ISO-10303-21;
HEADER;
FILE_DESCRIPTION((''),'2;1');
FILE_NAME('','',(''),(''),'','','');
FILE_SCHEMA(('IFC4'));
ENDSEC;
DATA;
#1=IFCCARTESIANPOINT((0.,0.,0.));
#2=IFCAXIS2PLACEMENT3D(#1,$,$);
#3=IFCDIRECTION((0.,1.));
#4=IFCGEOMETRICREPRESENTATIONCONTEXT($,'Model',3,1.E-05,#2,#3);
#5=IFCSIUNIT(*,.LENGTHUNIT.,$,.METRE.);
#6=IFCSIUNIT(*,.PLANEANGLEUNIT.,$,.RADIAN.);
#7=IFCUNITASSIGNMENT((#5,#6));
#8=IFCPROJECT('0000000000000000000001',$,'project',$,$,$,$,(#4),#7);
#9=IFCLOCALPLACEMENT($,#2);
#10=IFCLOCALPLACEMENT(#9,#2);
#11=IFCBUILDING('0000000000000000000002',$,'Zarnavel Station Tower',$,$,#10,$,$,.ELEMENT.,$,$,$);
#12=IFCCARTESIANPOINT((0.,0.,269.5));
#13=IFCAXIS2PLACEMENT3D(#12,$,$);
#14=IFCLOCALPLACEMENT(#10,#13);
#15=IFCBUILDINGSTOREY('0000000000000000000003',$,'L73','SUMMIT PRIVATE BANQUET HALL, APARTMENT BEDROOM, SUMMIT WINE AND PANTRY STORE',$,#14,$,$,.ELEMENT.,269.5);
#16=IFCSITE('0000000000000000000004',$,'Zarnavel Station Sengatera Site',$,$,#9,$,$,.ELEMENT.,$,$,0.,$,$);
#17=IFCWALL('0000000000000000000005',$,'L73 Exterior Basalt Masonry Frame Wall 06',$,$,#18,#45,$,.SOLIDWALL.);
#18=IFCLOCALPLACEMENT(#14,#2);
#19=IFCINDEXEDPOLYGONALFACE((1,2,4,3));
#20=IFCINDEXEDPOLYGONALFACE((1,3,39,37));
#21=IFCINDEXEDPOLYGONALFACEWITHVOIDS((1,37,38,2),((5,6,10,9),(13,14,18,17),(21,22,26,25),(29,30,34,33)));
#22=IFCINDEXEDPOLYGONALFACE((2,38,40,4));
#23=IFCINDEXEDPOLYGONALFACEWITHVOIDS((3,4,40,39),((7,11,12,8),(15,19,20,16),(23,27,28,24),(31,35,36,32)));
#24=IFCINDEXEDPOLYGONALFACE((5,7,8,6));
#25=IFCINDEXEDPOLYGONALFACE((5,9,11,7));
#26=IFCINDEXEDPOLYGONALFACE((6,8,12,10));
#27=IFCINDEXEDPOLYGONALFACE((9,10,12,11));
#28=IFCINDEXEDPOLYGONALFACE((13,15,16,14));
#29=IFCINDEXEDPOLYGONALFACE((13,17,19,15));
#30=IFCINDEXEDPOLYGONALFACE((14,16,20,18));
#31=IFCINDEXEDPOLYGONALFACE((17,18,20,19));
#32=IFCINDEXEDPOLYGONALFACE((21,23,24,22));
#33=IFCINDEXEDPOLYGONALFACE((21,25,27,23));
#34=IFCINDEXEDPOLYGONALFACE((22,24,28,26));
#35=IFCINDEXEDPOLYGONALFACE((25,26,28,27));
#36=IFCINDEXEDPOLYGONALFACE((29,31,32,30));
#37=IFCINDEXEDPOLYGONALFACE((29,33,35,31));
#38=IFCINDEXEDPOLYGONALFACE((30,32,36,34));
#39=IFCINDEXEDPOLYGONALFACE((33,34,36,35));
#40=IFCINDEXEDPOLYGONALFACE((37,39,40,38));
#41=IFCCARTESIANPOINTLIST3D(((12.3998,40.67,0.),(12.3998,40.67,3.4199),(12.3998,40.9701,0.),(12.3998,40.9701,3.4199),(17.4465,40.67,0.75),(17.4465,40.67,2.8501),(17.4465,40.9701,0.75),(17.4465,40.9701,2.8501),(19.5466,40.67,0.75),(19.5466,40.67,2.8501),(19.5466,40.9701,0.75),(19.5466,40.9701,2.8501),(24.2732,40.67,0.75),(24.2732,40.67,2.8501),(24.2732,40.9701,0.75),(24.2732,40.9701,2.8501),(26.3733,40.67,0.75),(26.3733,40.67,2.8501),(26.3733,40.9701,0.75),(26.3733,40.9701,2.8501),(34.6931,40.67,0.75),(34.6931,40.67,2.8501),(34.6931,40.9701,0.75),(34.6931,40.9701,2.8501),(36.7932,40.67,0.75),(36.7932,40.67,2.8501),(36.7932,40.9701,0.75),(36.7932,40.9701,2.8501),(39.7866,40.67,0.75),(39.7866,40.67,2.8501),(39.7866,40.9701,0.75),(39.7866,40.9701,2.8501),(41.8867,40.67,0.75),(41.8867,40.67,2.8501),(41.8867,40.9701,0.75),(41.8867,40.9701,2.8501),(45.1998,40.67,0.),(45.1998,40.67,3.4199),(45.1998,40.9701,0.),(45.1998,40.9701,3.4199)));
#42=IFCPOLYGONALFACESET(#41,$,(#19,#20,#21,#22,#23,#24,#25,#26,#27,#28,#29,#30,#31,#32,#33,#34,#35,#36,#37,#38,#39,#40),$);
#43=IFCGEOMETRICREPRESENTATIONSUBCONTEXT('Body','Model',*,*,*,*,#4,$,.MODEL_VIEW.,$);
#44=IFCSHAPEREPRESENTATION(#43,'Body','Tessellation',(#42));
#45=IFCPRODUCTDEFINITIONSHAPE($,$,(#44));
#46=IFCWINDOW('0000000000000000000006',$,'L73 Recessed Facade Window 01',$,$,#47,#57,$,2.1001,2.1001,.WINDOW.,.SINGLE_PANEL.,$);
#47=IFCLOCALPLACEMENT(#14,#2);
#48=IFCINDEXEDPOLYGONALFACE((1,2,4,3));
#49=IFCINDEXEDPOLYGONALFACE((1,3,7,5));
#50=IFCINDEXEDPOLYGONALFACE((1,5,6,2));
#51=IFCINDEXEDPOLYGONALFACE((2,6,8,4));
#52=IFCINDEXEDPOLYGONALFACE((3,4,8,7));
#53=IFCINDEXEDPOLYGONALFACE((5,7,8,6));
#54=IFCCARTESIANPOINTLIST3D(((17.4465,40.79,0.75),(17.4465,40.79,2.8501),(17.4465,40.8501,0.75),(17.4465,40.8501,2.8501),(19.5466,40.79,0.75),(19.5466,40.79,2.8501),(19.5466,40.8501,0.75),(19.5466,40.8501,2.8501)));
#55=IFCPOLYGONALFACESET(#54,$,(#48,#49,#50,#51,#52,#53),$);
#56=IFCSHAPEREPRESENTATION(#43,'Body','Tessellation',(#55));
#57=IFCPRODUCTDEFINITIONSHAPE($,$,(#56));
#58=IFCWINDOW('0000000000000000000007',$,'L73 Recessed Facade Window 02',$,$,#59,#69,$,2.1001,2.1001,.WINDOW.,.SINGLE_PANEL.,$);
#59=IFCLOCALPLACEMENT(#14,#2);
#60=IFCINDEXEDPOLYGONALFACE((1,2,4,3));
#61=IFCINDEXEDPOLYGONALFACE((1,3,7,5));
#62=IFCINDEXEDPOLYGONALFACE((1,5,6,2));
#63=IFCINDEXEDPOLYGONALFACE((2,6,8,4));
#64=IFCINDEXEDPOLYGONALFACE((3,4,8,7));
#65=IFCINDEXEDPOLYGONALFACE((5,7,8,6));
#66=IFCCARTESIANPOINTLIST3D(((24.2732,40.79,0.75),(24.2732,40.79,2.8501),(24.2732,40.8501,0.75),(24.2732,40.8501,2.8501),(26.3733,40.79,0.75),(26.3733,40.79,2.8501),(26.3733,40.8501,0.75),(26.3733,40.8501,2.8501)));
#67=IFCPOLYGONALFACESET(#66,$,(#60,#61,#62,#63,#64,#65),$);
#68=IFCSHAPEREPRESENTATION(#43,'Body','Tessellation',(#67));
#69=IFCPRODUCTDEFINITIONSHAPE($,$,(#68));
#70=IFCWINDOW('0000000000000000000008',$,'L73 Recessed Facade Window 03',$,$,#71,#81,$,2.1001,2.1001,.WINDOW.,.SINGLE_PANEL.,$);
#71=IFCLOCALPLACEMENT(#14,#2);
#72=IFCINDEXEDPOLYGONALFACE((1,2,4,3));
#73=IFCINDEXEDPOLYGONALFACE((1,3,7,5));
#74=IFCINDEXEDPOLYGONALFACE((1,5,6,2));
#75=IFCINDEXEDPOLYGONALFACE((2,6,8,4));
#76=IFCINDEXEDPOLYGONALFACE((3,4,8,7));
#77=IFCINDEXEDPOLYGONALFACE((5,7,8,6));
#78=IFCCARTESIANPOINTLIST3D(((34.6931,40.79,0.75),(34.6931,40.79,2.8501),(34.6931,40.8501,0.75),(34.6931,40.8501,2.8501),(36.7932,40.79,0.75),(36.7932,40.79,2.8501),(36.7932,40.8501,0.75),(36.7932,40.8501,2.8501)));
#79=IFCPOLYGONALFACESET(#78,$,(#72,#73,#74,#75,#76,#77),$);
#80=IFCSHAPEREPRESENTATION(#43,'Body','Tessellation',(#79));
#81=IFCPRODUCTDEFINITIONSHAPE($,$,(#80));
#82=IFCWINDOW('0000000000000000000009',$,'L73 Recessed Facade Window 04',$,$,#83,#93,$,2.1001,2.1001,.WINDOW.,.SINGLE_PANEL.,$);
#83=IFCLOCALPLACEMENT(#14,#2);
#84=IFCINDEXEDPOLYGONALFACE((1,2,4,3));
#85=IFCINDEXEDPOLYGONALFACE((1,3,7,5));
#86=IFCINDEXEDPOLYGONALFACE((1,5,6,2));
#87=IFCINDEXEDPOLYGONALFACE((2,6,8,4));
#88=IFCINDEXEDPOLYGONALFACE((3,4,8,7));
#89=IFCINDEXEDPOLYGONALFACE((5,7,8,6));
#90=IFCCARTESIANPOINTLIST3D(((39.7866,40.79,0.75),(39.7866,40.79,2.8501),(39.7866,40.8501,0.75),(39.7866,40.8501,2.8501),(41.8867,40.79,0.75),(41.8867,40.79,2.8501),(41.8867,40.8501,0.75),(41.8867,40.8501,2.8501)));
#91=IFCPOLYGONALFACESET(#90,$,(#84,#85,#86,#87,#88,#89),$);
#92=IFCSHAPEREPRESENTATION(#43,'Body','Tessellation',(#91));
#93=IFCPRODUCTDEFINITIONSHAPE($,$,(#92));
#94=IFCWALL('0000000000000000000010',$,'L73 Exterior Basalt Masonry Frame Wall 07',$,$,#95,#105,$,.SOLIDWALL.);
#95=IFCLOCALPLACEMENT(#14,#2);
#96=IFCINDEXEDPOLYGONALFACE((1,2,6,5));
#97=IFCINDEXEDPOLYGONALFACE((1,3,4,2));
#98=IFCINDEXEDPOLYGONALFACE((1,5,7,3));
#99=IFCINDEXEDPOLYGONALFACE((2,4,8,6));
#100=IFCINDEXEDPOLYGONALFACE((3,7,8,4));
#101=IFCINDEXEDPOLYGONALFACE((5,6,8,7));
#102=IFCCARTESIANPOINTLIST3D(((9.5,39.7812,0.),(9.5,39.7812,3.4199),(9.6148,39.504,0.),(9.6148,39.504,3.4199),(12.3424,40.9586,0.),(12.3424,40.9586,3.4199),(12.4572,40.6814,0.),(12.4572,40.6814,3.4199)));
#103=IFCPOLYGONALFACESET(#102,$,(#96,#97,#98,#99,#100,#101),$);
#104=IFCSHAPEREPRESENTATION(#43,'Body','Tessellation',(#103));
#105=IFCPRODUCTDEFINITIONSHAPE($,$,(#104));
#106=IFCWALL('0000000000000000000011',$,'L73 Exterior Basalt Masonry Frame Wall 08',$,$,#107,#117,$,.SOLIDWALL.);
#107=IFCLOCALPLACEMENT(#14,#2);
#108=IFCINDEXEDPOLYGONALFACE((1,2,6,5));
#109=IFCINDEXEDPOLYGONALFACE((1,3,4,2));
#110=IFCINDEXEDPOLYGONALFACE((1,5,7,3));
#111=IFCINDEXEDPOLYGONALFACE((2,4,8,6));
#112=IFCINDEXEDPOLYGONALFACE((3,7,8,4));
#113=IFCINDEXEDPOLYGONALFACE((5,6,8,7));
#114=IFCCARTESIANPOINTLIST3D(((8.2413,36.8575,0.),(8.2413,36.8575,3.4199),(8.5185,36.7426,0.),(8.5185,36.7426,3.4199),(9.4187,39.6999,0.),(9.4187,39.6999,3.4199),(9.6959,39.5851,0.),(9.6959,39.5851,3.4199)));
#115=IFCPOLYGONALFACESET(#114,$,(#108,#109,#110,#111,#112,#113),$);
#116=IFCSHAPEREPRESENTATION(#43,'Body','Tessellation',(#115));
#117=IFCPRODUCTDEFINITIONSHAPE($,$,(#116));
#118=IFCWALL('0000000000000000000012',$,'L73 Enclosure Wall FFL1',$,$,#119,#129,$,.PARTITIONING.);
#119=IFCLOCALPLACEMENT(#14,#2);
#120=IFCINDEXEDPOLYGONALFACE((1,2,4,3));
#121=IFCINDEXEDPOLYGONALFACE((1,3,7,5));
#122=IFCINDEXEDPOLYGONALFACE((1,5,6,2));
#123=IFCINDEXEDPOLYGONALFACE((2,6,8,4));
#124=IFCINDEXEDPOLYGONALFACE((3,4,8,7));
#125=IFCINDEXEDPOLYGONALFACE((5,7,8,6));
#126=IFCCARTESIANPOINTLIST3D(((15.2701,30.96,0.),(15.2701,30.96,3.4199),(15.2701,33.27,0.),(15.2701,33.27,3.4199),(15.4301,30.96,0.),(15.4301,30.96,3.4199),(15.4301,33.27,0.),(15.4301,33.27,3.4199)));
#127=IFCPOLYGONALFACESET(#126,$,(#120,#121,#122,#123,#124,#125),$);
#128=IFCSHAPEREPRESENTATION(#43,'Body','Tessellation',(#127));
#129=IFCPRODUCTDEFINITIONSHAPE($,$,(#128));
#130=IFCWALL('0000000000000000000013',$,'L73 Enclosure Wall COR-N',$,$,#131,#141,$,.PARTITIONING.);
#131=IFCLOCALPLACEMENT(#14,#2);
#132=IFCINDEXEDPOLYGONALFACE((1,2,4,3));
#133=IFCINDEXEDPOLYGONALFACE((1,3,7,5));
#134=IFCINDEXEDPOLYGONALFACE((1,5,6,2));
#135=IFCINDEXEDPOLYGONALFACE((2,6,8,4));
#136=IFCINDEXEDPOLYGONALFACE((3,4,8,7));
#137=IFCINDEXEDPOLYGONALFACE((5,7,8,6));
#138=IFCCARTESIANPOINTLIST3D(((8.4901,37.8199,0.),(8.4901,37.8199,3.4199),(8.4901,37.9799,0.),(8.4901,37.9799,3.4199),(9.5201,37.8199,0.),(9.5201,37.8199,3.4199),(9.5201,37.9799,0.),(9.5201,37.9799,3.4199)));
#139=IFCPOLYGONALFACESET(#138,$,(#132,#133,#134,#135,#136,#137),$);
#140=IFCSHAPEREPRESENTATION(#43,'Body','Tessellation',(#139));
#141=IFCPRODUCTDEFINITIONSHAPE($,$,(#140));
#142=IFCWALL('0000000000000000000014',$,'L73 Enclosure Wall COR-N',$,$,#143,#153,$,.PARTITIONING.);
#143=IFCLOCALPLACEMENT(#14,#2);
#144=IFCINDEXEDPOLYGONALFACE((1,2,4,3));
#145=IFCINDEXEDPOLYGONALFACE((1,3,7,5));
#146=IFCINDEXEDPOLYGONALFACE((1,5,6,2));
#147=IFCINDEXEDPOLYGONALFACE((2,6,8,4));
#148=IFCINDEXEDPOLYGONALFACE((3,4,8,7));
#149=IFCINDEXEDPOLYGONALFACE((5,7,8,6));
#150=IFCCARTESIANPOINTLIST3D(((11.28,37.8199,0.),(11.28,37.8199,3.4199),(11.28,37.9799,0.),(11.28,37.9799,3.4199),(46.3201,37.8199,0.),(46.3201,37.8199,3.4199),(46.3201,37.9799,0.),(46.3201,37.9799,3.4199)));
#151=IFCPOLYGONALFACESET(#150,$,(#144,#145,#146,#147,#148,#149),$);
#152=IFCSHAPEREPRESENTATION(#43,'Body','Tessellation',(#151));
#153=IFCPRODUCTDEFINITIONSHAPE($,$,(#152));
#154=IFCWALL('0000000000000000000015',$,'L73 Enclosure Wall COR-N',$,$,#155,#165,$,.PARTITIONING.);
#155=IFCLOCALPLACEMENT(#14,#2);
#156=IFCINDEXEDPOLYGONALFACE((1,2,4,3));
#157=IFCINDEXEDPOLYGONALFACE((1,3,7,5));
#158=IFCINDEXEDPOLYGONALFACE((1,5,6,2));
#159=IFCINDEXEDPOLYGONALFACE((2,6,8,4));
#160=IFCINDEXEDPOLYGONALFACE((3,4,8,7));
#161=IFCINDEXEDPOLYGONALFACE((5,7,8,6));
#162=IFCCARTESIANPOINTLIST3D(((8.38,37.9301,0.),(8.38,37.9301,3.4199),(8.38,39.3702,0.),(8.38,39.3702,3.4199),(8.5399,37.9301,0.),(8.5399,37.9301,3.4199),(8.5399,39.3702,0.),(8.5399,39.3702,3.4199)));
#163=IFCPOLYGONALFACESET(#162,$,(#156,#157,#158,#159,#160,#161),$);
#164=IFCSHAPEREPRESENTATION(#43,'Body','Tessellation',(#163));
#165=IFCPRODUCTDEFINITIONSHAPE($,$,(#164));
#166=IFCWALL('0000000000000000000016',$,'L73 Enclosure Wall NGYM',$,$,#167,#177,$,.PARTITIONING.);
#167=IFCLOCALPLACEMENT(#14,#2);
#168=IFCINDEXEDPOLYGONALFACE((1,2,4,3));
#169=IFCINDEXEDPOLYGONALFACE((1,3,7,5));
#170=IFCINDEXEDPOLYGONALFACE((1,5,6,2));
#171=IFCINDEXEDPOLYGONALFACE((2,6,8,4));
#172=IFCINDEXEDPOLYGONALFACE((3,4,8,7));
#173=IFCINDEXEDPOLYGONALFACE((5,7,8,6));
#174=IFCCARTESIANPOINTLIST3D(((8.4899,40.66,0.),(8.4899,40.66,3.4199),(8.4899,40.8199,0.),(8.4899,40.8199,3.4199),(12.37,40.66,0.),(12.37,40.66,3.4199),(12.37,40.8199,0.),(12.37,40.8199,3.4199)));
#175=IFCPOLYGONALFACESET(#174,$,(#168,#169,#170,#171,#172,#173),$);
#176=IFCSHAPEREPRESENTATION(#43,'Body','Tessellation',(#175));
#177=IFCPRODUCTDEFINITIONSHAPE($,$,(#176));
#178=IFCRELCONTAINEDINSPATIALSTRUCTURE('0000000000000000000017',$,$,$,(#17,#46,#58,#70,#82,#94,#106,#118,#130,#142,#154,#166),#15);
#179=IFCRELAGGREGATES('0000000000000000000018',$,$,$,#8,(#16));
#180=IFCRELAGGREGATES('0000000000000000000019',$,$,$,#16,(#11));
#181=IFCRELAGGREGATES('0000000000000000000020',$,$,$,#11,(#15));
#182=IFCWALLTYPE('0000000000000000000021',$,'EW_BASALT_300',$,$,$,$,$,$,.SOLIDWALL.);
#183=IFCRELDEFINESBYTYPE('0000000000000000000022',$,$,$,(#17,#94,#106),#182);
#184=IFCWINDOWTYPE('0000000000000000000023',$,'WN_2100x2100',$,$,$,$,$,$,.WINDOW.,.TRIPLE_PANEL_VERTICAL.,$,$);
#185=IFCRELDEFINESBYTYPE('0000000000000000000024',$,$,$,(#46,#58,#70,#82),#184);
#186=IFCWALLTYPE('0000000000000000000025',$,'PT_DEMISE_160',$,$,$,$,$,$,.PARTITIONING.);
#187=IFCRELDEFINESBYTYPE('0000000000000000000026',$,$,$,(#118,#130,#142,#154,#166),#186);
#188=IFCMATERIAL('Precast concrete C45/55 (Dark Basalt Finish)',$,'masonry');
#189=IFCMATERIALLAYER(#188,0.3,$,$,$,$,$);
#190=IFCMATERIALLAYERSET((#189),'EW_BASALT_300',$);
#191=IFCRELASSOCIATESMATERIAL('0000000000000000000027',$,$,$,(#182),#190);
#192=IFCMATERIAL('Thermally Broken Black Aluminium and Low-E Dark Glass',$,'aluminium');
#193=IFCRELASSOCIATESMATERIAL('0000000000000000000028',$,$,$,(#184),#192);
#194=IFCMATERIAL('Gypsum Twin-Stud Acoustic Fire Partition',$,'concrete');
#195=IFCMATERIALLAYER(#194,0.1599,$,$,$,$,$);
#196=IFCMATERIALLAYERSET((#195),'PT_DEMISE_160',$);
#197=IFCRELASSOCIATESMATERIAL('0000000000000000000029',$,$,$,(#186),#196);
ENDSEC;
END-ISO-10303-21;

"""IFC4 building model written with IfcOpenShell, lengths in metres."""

from ifc_helpers import new_model, si_unit, direction, frame, frame_2d, origin, place, context, subcontext, project, spatial, rectangle, extrude, material, layer, layer_set, type_object, element, fill, save


model = new_model("IFC4")

# Units and contexts
model_context = context("Model", 3, precision=1e-05, world=origin(), true_north=direction((0.0, 1.0)))
body_context = subcontext(model_context, "Body", "Model", "MODEL_VIEW")
ifc_project = project(units=[si_unit("LENGTHUNIT", "METRE"), si_unit("PLANEANGLEUNIT", "RADIAN")], contexts=[model_context])

# Site, building, storey
site_placement = place(None, origin())
site = spatial("IfcSite", under=ifc_project, at=site_placement, Name="Zarnavel Station Sengatera Site", CompositionType="ELEMENT", RefElevation=0.0)
building_placement = place(site_placement, origin())
building = spatial("IfcBuilding", under=site, at=building_placement, Name="Zarnavel Station Tower", CompositionType="ELEMENT")
storey_placement = place(building_placement, frame((0.0, 0.0, 269.5)))
storey = spatial("IfcBuildingStorey", under=building, at=storey_placement, Name="L73", Description="SUMMIT PRIVATE BANQUET HALL, APARTMENT BEDROOM, SUMMIT WINE AND PANTRY STORE", CompositionType="ELEMENT", Elevation=269.5)

# Wall, openings, windows
ifc_material_1 = material(Name="Precast concrete C45/55 (Dark Basalt Finish)", Category="masonry")
ifc_layer_1 = layer(ifc_material_1, 0.3)
ifc_layer_set_1 = layer_set([ifc_layer_1], Name="EW_BASALT_300")
wall_type_1 = type_object("IfcWallType", Name="EW_BASALT_300", PredefinedType="SOLIDWALL", material=ifc_layer_set_1)
wall_1_placement = place(storey_placement, frame((12.3999, 40.8201, 0.0), z_axis=(0.0, 0.0, 1.0), x_axis=(1.0, 0.0, 0.0)))
wall_1 = element("IfcWall", 1, at=wall_1_placement, inside=storey, type_object=wall_type_1, Name="L73 Exterior Basalt Masonry Frame Wall 06", PredefinedType="SOLIDWALL", context=body_context, shape_type="SweptSolid", body=[
    extrude(rectangle(XDim=32.8, YDim=0.3, at=frame_2d((16.3999, 0.0))), origin(), (0.0, 0.0, 1.0), 3.4199),
])
opening_1_placement = place(wall_1_placement, frame((5.0466, 0.0, 0.75)))
opening_1 = element("IfcOpeningElement", 2, at=opening_1_placement, cuts=wall_1, PredefinedType="OPENING", context=body_context, shape_type="SweptSolid", body=[
    extrude(rectangle(XDim=2.1001, YDim=2.1001, at=frame_2d((1.05, 1.05))), frame((0.0, 0.1599, 0.0), z_axis=(0.0, -1.0, 0.0), x_axis=(1.0, 0.0, 0.0)), (0.0, 0.0, 1.0), 0.3201),
])
opening_2_placement = place(wall_1_placement, frame((11.8733, 0.0, 0.75)))
opening_2 = element("IfcOpeningElement", 3, at=opening_2_placement, cuts=wall_1, PredefinedType="OPENING", context=body_context, shape_type="SweptSolid", body=[
    extrude(rectangle(XDim=2.1001, YDim=2.1001, at=frame_2d((1.05, 1.05))), frame((0.0, 0.1599, 0.0), z_axis=(0.0, -1.0, 0.0), x_axis=(1.0, 0.0, 0.0)), (0.0, 0.0, 1.0), 0.3201),
])
opening_3_placement = place(wall_1_placement, frame((22.2932, 0.0, 0.75)))
opening_3 = element("IfcOpeningElement", 4, at=opening_3_placement, cuts=wall_1, PredefinedType="OPENING", context=body_context, shape_type="SweptSolid", body=[
    extrude(rectangle(XDim=2.1001, YDim=2.1001, at=frame_2d((1.05, 1.05))), frame((0.0, 0.1599, 0.0), z_axis=(0.0, -1.0, 0.0), x_axis=(1.0, 0.0, 0.0)), (0.0, 0.0, 1.0), 0.3201),
])
opening_4_placement = place(wall_1_placement, frame((27.3867, 0.0, 0.75)))
opening_4 = element("IfcOpeningElement", 5, at=opening_4_placement, cuts=wall_1, PredefinedType="OPENING", context=body_context, shape_type="SweptSolid", body=[
    extrude(rectangle(XDim=2.1001, YDim=2.1001, at=frame_2d((1.05, 1.05))), frame((0.0, 0.1599, 0.0), z_axis=(0.0, -1.0, 0.0), x_axis=(1.0, 0.0, 0.0)), (0.0, 0.0, 1.0), 0.3201),
])
ifc_material_2 = material(Name="Thermally Broken Black Aluminium and Low-E Dark Glass", Category="aluminium")
window_type = type_object("IfcWindowType", Name="WN_2100x2100", PartitioningType="TRIPLE_PANEL_VERTICAL", PredefinedType="WINDOW", material=ifc_material_2)
window_1_placement = place(opening_1_placement, origin())
window_1 = element("IfcWindow", 6, at=window_1_placement, inside=storey, type_object=window_type, Name="L73 Recessed Facade Window 01", OverallHeight=2.1001, OverallWidth=2.1001, PartitioningType="SINGLE_PANEL", PredefinedType="WINDOW", context=body_context, shape_type="SweptSolid", body=[
    extrude(rectangle(XDim=2.1001, YDim=2.1001, at=frame_2d((1.05, 1.05))), frame((0.0, 0.03, 0.0), z_axis=(0.0, -1.0, 0.0), x_axis=(1.0, 0.0, 0.0)), (0.0, 0.0, 1.0), 0.0601),
])
fill(opening_1, window_1)
window_2_placement = place(opening_2_placement, origin())
window_2 = element("IfcWindow", 7, at=window_2_placement, inside=storey, type_object=window_type, Name="L73 Recessed Facade Window 02", OverallHeight=2.1001, OverallWidth=2.1001, PartitioningType="SINGLE_PANEL", PredefinedType="WINDOW", context=body_context, shape_type="SweptSolid", body=[
    extrude(rectangle(XDim=2.1001, YDim=2.1001, at=frame_2d((1.05, 1.05))), frame((0.0, 0.03, 0.0), z_axis=(0.0, -1.0, 0.0), x_axis=(1.0, 0.0, 0.0)), (0.0, 0.0, 1.0), 0.0601),
])
fill(opening_2, window_2)
window_3_placement = place(opening_3_placement, origin())
window_3 = element("IfcWindow", 8, at=window_3_placement, inside=storey, type_object=window_type, Name="L73 Recessed Facade Window 03", OverallHeight=2.1001, OverallWidth=2.1001, PartitioningType="SINGLE_PANEL", PredefinedType="WINDOW", context=body_context, shape_type="SweptSolid", body=[
    extrude(rectangle(XDim=2.1001, YDim=2.1001, at=frame_2d((1.05, 1.05))), frame((0.0, 0.03, 0.0), z_axis=(0.0, -1.0, 0.0), x_axis=(1.0, 0.0, 0.0)), (0.0, 0.0, 1.0), 0.0601),
])
fill(opening_3, window_3)
window_4_placement = place(opening_4_placement, origin())
window_4 = element("IfcWindow", 9, at=window_4_placement, inside=storey, type_object=window_type, Name="L73 Recessed Facade Window 04", OverallHeight=2.1001, OverallWidth=2.1001, PartitioningType="SINGLE_PANEL", PredefinedType="WINDOW", context=body_context, shape_type="SweptSolid", body=[
    extrude(rectangle(XDim=2.1001, YDim=2.1001, at=frame_2d((1.05, 1.05))), frame((0.0, 0.03, 0.0), z_axis=(0.0, -1.0, 0.0), x_axis=(1.0, 0.0, 0.0)), (0.0, 0.0, 1.0), 0.0601),
])
fill(opening_4, window_4)

# Walls
for number, where, z_axis, x_axis, name in (
    (10, (9.5574, 39.6426, 0.0), (0.0, 0.0, 1.0), (0.923871, 0.382705, 0.0), "L73 Exterior Basalt Masonry Frame Wall 07"),
    (11, (8.3799, 36.8, 0.0), (0.0, 0.0, 1.0), (0.382705, 0.923871, 0.0), "L73 Exterior Basalt Masonry Frame Wall 08"),
):
    element("IfcWall", number, at=place(storey_placement, frame(where, z_axis=z_axis, x_axis=x_axis)), inside=storey, type_object=wall_type_1, Name=name, PredefinedType="SOLIDWALL", context=body_context, shape_type="SweptSolid", body=[
        extrude(rectangle(XDim=3.0767, YDim=0.3, at=frame_2d((1.5383, 0.0))), origin(), (0.0, 0.0, 1.0), 3.4199),
    ])
ifc_material_3 = material(Name="Gypsum Twin-Stud Acoustic Fire Partition", Category="concrete")
ifc_layer_2 = layer(ifc_material_3, 0.1599)
ifc_layer_set_2 = layer_set([ifc_layer_2], Name="PT_DEMISE_160")
wall_type_2 = type_object("IfcWallType", Name="PT_DEMISE_160", PredefinedType="PARTITIONING", material=ifc_layer_set_2)
wall_2_placement = place(storey_placement, frame((15.3501, 30.96, 0.0), z_axis=(0.0, 0.0, 1.0), x_axis=(0.0, 1.0, 0.0)))
element("IfcWall", 12, at=wall_2_placement, inside=storey, type_object=wall_type_2, Name="L73 Enclosure Wall FFL1", PredefinedType="PARTITIONING", context=body_context, shape_type="SweptSolid", body=[
    extrude(rectangle(XDim=2.3101, YDim=0.1599, at=frame_2d((1.155, 0.0))), origin(), (0.0, 0.0, 1.0), 3.4199),
])
wall_3_placement = place(storey_placement, frame((8.49, 37.8999, 0.0), z_axis=(0.0, 0.0, 1.0), x_axis=(1.0, 0.0, 0.0)))
element("IfcWall", 13, at=wall_3_placement, inside=storey, type_object=wall_type_2, Name="L73 Enclosure Wall COR-N", PredefinedType="PARTITIONING", context=body_context, shape_type="SweptSolid", body=[
    extrude(rectangle(XDim=1.03, YDim=0.1599, at=frame_2d((0.5151, 0.0))), origin(), (0.0, 0.0, 1.0), 3.4199),
])
wall_4_placement = place(storey_placement, frame((11.28, 37.8999, 0.0), z_axis=(0.0, 0.0, 1.0), x_axis=(1.0, 0.0, 0.0)))
element("IfcWall", 14, at=wall_4_placement, inside=storey, type_object=wall_type_2, Name="L73 Enclosure Wall COR-N", PredefinedType="PARTITIONING", context=body_context, shape_type="SweptSolid", body=[
    extrude(rectangle(XDim=35.04, YDim=0.1599, at=frame_2d((17.52, 0.0))), origin(), (0.0, 0.0, 1.0), 3.4199),
])
wall_5_placement = place(storey_placement, frame((8.46, 37.9299, 0.0), z_axis=(0.0, 0.0, 1.0), x_axis=(0.0, 1.0, 0.0)))
element("IfcWall", 15, at=wall_5_placement, inside=storey, type_object=wall_type_2, Name="L73 Enclosure Wall COR-N", PredefinedType="PARTITIONING", context=body_context, shape_type="SweptSolid", body=[
    extrude(rectangle(XDim=1.4402, YDim=0.1599, at=frame_2d((0.7202, 0.0))), origin(), (0.0, 0.0, 1.0), 3.4199),
])
wall_6_placement = place(storey_placement, frame((8.49, 40.74, 0.0), z_axis=(0.0, 0.0, 1.0), x_axis=(1.0, 0.0, 0.0)))
element("IfcWall", 16, at=wall_6_placement, inside=storey, type_object=wall_type_2, Name="L73 Enclosure Wall NGYM", PredefinedType="PARTITIONING", context=body_context, shape_type="SweptSolid", body=[
    extrude(rectangle(XDim=3.8801, YDim=0.1599, at=frame_2d((1.9399, 0.0))), origin(), (0.0, 0.0, 1.0), 3.4199),
])

save(model, "model.ifc")
